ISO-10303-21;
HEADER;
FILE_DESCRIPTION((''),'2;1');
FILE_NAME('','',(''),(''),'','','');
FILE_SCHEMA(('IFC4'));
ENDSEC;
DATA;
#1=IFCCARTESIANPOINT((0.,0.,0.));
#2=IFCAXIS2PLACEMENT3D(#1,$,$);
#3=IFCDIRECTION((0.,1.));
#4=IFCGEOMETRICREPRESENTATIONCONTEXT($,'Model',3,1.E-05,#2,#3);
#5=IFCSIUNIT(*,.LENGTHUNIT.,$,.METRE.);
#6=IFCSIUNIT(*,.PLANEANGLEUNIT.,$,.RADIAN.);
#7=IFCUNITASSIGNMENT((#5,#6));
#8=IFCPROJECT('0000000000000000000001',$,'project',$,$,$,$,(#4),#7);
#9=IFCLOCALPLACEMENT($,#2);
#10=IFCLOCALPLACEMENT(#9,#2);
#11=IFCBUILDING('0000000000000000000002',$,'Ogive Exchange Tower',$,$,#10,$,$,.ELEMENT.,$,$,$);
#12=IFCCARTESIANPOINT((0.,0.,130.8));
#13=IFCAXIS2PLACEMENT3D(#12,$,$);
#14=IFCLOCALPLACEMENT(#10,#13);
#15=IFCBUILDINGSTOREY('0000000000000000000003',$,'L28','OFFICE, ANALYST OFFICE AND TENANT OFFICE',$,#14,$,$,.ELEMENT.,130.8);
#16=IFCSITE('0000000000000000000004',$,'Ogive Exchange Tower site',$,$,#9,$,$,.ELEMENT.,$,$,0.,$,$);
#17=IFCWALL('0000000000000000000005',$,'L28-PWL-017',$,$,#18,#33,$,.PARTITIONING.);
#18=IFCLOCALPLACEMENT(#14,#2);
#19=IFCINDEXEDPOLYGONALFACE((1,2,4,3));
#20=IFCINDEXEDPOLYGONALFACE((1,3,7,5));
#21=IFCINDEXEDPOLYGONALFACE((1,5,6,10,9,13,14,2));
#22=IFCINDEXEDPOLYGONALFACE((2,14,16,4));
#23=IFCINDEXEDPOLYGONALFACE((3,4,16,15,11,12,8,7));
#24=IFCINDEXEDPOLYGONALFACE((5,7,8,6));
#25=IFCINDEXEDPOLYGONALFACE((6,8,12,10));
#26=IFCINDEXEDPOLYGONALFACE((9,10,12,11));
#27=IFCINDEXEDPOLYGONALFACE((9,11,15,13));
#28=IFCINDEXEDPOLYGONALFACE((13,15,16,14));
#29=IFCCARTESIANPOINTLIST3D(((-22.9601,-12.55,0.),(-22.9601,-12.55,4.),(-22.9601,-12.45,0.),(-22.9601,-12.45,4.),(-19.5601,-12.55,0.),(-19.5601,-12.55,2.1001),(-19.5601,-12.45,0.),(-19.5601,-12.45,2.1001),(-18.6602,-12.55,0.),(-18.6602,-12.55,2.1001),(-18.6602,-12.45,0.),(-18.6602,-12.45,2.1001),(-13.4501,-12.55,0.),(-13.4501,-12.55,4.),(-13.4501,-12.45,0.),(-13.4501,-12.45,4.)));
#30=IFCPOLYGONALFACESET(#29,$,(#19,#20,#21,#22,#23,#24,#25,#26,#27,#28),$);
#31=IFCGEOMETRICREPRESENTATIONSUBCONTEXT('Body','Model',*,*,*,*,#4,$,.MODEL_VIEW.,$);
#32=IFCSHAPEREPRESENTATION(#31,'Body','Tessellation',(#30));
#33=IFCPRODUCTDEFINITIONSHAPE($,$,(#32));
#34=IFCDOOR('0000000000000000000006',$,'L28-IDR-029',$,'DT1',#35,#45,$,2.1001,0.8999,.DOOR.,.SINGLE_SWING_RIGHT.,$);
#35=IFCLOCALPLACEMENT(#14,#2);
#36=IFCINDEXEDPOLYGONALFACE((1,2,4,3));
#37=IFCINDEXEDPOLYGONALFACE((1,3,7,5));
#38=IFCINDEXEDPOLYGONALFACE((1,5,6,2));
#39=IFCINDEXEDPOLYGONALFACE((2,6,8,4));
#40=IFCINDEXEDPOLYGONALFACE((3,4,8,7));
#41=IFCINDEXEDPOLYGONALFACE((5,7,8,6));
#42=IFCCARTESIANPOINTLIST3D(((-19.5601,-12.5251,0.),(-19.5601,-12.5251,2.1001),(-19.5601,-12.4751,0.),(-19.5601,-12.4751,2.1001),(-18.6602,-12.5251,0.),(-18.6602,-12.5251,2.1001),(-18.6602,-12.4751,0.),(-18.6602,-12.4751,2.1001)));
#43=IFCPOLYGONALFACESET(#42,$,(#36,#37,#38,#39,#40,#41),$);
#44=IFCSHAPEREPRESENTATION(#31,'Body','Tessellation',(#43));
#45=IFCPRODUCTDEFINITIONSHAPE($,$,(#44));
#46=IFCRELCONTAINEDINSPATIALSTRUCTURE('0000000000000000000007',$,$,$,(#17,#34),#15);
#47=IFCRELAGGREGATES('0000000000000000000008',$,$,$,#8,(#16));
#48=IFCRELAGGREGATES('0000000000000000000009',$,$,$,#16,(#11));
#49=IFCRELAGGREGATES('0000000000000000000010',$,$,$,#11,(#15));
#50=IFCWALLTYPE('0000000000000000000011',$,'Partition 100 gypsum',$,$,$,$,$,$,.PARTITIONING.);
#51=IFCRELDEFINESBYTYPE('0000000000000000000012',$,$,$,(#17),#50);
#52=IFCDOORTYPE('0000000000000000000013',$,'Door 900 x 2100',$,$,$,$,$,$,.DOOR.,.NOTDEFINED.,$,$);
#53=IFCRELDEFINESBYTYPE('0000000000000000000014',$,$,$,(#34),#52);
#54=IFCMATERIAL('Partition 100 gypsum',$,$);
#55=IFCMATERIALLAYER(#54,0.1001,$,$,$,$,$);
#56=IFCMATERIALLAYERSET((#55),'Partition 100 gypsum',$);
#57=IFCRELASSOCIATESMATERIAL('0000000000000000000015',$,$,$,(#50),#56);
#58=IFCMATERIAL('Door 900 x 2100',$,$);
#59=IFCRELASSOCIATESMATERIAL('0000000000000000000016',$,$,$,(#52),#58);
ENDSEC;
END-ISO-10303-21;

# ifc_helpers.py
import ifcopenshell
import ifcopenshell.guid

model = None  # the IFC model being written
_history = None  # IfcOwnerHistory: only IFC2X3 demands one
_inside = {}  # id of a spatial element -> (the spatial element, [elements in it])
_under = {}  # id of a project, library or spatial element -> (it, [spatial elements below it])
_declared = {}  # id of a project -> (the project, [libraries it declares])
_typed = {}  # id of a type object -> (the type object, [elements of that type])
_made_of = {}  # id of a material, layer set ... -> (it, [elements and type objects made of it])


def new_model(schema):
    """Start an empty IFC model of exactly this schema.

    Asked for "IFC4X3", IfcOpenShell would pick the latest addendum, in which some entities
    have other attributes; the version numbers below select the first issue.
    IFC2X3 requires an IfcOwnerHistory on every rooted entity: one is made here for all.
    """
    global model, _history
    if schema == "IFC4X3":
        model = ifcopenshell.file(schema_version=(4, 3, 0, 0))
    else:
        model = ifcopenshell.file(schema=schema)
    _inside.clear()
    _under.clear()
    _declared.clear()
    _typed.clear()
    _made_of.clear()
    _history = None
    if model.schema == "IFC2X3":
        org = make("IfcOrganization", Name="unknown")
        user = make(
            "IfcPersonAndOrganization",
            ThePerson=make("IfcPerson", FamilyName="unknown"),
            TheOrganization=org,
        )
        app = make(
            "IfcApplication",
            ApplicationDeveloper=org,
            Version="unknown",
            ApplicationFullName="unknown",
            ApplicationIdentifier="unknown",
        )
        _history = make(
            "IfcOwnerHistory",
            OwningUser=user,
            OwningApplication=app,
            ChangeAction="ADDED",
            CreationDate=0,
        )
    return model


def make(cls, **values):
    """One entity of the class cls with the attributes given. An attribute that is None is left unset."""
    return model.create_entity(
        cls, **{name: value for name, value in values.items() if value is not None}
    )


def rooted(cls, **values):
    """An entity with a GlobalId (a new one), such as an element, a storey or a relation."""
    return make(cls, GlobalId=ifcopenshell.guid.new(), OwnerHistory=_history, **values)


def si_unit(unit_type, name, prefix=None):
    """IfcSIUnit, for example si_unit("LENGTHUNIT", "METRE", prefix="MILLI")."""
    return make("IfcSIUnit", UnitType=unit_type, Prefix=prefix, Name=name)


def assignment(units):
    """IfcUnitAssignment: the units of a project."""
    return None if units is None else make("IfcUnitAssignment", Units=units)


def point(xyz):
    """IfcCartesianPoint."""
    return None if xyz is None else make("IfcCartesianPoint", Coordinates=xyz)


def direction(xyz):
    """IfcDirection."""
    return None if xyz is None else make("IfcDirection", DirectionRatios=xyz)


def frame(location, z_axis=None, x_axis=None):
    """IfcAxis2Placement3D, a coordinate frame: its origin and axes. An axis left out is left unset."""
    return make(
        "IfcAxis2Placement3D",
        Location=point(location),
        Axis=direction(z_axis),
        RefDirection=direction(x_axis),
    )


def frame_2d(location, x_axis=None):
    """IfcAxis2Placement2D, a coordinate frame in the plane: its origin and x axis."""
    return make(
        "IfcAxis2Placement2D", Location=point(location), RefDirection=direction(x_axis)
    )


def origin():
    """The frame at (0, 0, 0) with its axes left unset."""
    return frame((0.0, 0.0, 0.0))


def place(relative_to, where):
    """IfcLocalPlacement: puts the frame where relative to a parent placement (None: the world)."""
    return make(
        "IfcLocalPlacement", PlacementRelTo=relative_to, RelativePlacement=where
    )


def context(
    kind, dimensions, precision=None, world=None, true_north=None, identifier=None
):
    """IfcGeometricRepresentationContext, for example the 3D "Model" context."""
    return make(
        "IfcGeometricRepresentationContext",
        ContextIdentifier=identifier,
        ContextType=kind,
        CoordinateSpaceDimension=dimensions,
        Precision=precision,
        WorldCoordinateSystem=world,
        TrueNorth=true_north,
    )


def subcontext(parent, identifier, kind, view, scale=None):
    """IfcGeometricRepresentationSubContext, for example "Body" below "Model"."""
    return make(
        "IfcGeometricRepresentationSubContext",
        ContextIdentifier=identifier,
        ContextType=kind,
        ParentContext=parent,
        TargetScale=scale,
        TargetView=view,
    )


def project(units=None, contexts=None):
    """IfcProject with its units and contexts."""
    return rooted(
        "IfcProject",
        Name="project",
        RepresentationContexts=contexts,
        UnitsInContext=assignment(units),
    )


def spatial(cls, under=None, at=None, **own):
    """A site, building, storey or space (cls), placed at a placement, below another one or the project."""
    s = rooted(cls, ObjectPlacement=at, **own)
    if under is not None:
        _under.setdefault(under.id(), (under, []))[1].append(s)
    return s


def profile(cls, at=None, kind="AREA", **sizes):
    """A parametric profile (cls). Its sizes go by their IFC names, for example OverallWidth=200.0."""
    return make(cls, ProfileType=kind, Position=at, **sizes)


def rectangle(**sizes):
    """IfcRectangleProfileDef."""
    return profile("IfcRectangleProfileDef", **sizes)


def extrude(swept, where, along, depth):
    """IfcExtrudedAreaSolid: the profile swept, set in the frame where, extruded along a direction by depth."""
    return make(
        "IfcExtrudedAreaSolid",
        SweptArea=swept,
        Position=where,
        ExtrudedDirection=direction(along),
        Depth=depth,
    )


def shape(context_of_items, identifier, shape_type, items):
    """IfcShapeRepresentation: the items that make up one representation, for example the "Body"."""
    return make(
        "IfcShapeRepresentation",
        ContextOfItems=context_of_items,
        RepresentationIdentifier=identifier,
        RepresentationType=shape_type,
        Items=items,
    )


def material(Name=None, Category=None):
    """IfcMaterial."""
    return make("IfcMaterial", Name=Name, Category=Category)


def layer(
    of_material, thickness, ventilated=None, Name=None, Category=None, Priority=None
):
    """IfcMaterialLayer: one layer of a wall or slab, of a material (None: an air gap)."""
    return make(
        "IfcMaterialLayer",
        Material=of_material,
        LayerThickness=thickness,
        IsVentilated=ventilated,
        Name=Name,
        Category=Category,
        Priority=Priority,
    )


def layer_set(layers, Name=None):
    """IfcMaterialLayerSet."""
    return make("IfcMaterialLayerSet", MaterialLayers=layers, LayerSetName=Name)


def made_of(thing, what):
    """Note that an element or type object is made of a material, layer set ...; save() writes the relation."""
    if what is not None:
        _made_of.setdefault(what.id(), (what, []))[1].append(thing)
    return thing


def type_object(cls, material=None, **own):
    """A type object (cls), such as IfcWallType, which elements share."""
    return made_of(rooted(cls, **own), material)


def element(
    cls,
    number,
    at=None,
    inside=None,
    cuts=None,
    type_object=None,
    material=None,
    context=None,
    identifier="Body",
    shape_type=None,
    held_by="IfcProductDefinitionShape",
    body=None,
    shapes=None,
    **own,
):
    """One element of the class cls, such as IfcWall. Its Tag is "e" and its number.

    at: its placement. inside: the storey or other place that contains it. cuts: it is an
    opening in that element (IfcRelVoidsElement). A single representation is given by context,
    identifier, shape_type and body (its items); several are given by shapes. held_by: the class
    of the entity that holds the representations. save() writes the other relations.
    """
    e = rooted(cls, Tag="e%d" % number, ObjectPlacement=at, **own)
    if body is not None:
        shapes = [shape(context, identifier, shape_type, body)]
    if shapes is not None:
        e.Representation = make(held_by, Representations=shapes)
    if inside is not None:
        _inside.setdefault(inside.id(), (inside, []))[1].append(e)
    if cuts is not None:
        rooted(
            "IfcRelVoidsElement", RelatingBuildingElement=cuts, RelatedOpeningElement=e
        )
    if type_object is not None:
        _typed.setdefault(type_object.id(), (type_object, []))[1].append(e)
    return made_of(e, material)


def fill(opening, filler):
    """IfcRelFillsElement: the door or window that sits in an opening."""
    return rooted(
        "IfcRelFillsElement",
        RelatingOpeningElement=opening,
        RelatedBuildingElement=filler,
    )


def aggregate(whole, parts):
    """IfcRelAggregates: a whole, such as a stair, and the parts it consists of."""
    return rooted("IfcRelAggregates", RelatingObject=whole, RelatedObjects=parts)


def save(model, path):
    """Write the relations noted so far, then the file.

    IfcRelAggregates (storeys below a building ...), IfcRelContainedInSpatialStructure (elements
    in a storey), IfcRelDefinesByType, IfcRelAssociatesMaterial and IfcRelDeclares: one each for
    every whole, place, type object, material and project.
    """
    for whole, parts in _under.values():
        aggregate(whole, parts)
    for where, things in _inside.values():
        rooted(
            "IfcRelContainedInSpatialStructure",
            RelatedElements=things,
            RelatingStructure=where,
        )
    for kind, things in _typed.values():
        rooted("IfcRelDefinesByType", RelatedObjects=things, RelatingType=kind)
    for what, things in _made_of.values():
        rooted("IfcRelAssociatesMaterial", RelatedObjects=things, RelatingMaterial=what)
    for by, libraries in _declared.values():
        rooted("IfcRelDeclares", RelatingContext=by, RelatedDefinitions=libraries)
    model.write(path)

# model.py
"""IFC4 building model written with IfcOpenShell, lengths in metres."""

from ifc_helpers import new_model, si_unit, direction, frame, frame_2d, origin, place, context, subcontext, project, spatial, rectangle, extrude, material, layer, layer_set, type_object, element, fill, save


model = new_model("IFC4")

# Units and contexts
model_context = context("Model", 3, precision=1e-05, world=origin(), true_north=direction((0.0, 1.0)))
body_context = subcontext(model_context, "Body", "Model", "MODEL_VIEW")
ifc_project = project(units=[si_unit("LENGTHUNIT", "METRE"), si_unit("PLANEANGLEUNIT", "RADIAN")], contexts=[model_context])

# Site, building, storey
site_placement = place(None, origin())
site = spatial("IfcSite", under=ifc_project, at=site_placement, Name="Ogive Exchange Tower site", CompositionType="ELEMENT", RefElevation=0.0)
building_placement = place(site_placement, origin())
building = spatial("IfcBuilding", under=site, at=building_placement, Name="Ogive Exchange Tower", CompositionType="ELEMENT")
storey_placement = place(building_placement, frame((0.0, 0.0, 130.8)))
storey = spatial("IfcBuildingStorey", under=building, at=storey_placement, Name="L28", Description="OFFICE, ANALYST OFFICE AND TENANT OFFICE", CompositionType="ELEMENT", Elevation=130.8)

# Shared definitions
ifc_material_1 = material(Name="Partition 100 gypsum")
ifc_layer_1 = layer(ifc_material_1, 0.1001)
ifc_layer_set_1 = layer_set([ifc_layer_1], Name="Partition 100 gypsum")
wall_type_1 = type_object("IfcWallType", Name="Partition 100 gypsum", PredefinedType="PARTITIONING", material=ifc_layer_set_1)

# Wall, opening, door
wall_1_placement = place(storey_placement, frame((-22.96, -12.5, 0.0), z_axis=(0.0, 0.0, 1.0), x_axis=(1.0, 0.0, 0.0)))
wall_1 = element("IfcWall", 1, at=wall_1_placement, inside=storey, type_object=wall_type_1, Name="L28-PWL-017", PredefinedType="PARTITIONING", context=body_context, shape_type="SweptSolid", body=[
    extrude(rectangle(XDim=9.51, YDim=0.1001, at=frame_2d((4.7549, 0.0))), origin(), (0.0, 0.0, 1.0), 4.0),
])
opening_1_placement = place(wall_1_placement, frame((3.3999, 0.0, 0.0)))
opening_1 = element("IfcOpeningElement", 2, at=opening_1_placement, cuts=wall_1, PredefinedType="OPENING", context=body_context, shape_type="SweptSolid", body=[
    extrude(rectangle(XDim=0.8999, YDim=2.1001, at=frame_2d((0.45, 1.05))), frame((0.0, 0.0601, 0.0), z_axis=(0.0, -1.0, 0.0), x_axis=(1.0, 0.0, 0.0)), (0.0, 0.0, 1.0), 0.1201),
])
ifc_material_2 = material(Name="Door 900 x 2100")
door_type_1 = type_object("IfcDoorType", Name="Door 900 x 2100", OperationType="NOTDEFINED", PredefinedType="DOOR", material=ifc_material_2)
door_1_placement = place(opening_1_placement, origin())
door_1 = element("IfcDoor", 3, at=door_1_placement, inside=storey, type_object=door_type_1, Name="L28-IDR-029", ObjectType="DT1", OperationType="SINGLE_SWING_RIGHT", OverallHeight=2.1001, OverallWidth=0.8999, PredefinedType="DOOR", context=body_context, shape_type="SweptSolid", body=[
    extrude(rectangle(XDim=0.8999, YDim=2.1001, at=frame_2d((0.45, 1.05))), frame((0.0, 0.0249, 0.0), z_axis=(0.0, -1.0, 0.0), x_axis=(1.0, 0.0, 0.0)), (0.0, 0.0, 1.0), 0.05),
])
fill(opening_1, door_1)

save(model, "model.ifc")
